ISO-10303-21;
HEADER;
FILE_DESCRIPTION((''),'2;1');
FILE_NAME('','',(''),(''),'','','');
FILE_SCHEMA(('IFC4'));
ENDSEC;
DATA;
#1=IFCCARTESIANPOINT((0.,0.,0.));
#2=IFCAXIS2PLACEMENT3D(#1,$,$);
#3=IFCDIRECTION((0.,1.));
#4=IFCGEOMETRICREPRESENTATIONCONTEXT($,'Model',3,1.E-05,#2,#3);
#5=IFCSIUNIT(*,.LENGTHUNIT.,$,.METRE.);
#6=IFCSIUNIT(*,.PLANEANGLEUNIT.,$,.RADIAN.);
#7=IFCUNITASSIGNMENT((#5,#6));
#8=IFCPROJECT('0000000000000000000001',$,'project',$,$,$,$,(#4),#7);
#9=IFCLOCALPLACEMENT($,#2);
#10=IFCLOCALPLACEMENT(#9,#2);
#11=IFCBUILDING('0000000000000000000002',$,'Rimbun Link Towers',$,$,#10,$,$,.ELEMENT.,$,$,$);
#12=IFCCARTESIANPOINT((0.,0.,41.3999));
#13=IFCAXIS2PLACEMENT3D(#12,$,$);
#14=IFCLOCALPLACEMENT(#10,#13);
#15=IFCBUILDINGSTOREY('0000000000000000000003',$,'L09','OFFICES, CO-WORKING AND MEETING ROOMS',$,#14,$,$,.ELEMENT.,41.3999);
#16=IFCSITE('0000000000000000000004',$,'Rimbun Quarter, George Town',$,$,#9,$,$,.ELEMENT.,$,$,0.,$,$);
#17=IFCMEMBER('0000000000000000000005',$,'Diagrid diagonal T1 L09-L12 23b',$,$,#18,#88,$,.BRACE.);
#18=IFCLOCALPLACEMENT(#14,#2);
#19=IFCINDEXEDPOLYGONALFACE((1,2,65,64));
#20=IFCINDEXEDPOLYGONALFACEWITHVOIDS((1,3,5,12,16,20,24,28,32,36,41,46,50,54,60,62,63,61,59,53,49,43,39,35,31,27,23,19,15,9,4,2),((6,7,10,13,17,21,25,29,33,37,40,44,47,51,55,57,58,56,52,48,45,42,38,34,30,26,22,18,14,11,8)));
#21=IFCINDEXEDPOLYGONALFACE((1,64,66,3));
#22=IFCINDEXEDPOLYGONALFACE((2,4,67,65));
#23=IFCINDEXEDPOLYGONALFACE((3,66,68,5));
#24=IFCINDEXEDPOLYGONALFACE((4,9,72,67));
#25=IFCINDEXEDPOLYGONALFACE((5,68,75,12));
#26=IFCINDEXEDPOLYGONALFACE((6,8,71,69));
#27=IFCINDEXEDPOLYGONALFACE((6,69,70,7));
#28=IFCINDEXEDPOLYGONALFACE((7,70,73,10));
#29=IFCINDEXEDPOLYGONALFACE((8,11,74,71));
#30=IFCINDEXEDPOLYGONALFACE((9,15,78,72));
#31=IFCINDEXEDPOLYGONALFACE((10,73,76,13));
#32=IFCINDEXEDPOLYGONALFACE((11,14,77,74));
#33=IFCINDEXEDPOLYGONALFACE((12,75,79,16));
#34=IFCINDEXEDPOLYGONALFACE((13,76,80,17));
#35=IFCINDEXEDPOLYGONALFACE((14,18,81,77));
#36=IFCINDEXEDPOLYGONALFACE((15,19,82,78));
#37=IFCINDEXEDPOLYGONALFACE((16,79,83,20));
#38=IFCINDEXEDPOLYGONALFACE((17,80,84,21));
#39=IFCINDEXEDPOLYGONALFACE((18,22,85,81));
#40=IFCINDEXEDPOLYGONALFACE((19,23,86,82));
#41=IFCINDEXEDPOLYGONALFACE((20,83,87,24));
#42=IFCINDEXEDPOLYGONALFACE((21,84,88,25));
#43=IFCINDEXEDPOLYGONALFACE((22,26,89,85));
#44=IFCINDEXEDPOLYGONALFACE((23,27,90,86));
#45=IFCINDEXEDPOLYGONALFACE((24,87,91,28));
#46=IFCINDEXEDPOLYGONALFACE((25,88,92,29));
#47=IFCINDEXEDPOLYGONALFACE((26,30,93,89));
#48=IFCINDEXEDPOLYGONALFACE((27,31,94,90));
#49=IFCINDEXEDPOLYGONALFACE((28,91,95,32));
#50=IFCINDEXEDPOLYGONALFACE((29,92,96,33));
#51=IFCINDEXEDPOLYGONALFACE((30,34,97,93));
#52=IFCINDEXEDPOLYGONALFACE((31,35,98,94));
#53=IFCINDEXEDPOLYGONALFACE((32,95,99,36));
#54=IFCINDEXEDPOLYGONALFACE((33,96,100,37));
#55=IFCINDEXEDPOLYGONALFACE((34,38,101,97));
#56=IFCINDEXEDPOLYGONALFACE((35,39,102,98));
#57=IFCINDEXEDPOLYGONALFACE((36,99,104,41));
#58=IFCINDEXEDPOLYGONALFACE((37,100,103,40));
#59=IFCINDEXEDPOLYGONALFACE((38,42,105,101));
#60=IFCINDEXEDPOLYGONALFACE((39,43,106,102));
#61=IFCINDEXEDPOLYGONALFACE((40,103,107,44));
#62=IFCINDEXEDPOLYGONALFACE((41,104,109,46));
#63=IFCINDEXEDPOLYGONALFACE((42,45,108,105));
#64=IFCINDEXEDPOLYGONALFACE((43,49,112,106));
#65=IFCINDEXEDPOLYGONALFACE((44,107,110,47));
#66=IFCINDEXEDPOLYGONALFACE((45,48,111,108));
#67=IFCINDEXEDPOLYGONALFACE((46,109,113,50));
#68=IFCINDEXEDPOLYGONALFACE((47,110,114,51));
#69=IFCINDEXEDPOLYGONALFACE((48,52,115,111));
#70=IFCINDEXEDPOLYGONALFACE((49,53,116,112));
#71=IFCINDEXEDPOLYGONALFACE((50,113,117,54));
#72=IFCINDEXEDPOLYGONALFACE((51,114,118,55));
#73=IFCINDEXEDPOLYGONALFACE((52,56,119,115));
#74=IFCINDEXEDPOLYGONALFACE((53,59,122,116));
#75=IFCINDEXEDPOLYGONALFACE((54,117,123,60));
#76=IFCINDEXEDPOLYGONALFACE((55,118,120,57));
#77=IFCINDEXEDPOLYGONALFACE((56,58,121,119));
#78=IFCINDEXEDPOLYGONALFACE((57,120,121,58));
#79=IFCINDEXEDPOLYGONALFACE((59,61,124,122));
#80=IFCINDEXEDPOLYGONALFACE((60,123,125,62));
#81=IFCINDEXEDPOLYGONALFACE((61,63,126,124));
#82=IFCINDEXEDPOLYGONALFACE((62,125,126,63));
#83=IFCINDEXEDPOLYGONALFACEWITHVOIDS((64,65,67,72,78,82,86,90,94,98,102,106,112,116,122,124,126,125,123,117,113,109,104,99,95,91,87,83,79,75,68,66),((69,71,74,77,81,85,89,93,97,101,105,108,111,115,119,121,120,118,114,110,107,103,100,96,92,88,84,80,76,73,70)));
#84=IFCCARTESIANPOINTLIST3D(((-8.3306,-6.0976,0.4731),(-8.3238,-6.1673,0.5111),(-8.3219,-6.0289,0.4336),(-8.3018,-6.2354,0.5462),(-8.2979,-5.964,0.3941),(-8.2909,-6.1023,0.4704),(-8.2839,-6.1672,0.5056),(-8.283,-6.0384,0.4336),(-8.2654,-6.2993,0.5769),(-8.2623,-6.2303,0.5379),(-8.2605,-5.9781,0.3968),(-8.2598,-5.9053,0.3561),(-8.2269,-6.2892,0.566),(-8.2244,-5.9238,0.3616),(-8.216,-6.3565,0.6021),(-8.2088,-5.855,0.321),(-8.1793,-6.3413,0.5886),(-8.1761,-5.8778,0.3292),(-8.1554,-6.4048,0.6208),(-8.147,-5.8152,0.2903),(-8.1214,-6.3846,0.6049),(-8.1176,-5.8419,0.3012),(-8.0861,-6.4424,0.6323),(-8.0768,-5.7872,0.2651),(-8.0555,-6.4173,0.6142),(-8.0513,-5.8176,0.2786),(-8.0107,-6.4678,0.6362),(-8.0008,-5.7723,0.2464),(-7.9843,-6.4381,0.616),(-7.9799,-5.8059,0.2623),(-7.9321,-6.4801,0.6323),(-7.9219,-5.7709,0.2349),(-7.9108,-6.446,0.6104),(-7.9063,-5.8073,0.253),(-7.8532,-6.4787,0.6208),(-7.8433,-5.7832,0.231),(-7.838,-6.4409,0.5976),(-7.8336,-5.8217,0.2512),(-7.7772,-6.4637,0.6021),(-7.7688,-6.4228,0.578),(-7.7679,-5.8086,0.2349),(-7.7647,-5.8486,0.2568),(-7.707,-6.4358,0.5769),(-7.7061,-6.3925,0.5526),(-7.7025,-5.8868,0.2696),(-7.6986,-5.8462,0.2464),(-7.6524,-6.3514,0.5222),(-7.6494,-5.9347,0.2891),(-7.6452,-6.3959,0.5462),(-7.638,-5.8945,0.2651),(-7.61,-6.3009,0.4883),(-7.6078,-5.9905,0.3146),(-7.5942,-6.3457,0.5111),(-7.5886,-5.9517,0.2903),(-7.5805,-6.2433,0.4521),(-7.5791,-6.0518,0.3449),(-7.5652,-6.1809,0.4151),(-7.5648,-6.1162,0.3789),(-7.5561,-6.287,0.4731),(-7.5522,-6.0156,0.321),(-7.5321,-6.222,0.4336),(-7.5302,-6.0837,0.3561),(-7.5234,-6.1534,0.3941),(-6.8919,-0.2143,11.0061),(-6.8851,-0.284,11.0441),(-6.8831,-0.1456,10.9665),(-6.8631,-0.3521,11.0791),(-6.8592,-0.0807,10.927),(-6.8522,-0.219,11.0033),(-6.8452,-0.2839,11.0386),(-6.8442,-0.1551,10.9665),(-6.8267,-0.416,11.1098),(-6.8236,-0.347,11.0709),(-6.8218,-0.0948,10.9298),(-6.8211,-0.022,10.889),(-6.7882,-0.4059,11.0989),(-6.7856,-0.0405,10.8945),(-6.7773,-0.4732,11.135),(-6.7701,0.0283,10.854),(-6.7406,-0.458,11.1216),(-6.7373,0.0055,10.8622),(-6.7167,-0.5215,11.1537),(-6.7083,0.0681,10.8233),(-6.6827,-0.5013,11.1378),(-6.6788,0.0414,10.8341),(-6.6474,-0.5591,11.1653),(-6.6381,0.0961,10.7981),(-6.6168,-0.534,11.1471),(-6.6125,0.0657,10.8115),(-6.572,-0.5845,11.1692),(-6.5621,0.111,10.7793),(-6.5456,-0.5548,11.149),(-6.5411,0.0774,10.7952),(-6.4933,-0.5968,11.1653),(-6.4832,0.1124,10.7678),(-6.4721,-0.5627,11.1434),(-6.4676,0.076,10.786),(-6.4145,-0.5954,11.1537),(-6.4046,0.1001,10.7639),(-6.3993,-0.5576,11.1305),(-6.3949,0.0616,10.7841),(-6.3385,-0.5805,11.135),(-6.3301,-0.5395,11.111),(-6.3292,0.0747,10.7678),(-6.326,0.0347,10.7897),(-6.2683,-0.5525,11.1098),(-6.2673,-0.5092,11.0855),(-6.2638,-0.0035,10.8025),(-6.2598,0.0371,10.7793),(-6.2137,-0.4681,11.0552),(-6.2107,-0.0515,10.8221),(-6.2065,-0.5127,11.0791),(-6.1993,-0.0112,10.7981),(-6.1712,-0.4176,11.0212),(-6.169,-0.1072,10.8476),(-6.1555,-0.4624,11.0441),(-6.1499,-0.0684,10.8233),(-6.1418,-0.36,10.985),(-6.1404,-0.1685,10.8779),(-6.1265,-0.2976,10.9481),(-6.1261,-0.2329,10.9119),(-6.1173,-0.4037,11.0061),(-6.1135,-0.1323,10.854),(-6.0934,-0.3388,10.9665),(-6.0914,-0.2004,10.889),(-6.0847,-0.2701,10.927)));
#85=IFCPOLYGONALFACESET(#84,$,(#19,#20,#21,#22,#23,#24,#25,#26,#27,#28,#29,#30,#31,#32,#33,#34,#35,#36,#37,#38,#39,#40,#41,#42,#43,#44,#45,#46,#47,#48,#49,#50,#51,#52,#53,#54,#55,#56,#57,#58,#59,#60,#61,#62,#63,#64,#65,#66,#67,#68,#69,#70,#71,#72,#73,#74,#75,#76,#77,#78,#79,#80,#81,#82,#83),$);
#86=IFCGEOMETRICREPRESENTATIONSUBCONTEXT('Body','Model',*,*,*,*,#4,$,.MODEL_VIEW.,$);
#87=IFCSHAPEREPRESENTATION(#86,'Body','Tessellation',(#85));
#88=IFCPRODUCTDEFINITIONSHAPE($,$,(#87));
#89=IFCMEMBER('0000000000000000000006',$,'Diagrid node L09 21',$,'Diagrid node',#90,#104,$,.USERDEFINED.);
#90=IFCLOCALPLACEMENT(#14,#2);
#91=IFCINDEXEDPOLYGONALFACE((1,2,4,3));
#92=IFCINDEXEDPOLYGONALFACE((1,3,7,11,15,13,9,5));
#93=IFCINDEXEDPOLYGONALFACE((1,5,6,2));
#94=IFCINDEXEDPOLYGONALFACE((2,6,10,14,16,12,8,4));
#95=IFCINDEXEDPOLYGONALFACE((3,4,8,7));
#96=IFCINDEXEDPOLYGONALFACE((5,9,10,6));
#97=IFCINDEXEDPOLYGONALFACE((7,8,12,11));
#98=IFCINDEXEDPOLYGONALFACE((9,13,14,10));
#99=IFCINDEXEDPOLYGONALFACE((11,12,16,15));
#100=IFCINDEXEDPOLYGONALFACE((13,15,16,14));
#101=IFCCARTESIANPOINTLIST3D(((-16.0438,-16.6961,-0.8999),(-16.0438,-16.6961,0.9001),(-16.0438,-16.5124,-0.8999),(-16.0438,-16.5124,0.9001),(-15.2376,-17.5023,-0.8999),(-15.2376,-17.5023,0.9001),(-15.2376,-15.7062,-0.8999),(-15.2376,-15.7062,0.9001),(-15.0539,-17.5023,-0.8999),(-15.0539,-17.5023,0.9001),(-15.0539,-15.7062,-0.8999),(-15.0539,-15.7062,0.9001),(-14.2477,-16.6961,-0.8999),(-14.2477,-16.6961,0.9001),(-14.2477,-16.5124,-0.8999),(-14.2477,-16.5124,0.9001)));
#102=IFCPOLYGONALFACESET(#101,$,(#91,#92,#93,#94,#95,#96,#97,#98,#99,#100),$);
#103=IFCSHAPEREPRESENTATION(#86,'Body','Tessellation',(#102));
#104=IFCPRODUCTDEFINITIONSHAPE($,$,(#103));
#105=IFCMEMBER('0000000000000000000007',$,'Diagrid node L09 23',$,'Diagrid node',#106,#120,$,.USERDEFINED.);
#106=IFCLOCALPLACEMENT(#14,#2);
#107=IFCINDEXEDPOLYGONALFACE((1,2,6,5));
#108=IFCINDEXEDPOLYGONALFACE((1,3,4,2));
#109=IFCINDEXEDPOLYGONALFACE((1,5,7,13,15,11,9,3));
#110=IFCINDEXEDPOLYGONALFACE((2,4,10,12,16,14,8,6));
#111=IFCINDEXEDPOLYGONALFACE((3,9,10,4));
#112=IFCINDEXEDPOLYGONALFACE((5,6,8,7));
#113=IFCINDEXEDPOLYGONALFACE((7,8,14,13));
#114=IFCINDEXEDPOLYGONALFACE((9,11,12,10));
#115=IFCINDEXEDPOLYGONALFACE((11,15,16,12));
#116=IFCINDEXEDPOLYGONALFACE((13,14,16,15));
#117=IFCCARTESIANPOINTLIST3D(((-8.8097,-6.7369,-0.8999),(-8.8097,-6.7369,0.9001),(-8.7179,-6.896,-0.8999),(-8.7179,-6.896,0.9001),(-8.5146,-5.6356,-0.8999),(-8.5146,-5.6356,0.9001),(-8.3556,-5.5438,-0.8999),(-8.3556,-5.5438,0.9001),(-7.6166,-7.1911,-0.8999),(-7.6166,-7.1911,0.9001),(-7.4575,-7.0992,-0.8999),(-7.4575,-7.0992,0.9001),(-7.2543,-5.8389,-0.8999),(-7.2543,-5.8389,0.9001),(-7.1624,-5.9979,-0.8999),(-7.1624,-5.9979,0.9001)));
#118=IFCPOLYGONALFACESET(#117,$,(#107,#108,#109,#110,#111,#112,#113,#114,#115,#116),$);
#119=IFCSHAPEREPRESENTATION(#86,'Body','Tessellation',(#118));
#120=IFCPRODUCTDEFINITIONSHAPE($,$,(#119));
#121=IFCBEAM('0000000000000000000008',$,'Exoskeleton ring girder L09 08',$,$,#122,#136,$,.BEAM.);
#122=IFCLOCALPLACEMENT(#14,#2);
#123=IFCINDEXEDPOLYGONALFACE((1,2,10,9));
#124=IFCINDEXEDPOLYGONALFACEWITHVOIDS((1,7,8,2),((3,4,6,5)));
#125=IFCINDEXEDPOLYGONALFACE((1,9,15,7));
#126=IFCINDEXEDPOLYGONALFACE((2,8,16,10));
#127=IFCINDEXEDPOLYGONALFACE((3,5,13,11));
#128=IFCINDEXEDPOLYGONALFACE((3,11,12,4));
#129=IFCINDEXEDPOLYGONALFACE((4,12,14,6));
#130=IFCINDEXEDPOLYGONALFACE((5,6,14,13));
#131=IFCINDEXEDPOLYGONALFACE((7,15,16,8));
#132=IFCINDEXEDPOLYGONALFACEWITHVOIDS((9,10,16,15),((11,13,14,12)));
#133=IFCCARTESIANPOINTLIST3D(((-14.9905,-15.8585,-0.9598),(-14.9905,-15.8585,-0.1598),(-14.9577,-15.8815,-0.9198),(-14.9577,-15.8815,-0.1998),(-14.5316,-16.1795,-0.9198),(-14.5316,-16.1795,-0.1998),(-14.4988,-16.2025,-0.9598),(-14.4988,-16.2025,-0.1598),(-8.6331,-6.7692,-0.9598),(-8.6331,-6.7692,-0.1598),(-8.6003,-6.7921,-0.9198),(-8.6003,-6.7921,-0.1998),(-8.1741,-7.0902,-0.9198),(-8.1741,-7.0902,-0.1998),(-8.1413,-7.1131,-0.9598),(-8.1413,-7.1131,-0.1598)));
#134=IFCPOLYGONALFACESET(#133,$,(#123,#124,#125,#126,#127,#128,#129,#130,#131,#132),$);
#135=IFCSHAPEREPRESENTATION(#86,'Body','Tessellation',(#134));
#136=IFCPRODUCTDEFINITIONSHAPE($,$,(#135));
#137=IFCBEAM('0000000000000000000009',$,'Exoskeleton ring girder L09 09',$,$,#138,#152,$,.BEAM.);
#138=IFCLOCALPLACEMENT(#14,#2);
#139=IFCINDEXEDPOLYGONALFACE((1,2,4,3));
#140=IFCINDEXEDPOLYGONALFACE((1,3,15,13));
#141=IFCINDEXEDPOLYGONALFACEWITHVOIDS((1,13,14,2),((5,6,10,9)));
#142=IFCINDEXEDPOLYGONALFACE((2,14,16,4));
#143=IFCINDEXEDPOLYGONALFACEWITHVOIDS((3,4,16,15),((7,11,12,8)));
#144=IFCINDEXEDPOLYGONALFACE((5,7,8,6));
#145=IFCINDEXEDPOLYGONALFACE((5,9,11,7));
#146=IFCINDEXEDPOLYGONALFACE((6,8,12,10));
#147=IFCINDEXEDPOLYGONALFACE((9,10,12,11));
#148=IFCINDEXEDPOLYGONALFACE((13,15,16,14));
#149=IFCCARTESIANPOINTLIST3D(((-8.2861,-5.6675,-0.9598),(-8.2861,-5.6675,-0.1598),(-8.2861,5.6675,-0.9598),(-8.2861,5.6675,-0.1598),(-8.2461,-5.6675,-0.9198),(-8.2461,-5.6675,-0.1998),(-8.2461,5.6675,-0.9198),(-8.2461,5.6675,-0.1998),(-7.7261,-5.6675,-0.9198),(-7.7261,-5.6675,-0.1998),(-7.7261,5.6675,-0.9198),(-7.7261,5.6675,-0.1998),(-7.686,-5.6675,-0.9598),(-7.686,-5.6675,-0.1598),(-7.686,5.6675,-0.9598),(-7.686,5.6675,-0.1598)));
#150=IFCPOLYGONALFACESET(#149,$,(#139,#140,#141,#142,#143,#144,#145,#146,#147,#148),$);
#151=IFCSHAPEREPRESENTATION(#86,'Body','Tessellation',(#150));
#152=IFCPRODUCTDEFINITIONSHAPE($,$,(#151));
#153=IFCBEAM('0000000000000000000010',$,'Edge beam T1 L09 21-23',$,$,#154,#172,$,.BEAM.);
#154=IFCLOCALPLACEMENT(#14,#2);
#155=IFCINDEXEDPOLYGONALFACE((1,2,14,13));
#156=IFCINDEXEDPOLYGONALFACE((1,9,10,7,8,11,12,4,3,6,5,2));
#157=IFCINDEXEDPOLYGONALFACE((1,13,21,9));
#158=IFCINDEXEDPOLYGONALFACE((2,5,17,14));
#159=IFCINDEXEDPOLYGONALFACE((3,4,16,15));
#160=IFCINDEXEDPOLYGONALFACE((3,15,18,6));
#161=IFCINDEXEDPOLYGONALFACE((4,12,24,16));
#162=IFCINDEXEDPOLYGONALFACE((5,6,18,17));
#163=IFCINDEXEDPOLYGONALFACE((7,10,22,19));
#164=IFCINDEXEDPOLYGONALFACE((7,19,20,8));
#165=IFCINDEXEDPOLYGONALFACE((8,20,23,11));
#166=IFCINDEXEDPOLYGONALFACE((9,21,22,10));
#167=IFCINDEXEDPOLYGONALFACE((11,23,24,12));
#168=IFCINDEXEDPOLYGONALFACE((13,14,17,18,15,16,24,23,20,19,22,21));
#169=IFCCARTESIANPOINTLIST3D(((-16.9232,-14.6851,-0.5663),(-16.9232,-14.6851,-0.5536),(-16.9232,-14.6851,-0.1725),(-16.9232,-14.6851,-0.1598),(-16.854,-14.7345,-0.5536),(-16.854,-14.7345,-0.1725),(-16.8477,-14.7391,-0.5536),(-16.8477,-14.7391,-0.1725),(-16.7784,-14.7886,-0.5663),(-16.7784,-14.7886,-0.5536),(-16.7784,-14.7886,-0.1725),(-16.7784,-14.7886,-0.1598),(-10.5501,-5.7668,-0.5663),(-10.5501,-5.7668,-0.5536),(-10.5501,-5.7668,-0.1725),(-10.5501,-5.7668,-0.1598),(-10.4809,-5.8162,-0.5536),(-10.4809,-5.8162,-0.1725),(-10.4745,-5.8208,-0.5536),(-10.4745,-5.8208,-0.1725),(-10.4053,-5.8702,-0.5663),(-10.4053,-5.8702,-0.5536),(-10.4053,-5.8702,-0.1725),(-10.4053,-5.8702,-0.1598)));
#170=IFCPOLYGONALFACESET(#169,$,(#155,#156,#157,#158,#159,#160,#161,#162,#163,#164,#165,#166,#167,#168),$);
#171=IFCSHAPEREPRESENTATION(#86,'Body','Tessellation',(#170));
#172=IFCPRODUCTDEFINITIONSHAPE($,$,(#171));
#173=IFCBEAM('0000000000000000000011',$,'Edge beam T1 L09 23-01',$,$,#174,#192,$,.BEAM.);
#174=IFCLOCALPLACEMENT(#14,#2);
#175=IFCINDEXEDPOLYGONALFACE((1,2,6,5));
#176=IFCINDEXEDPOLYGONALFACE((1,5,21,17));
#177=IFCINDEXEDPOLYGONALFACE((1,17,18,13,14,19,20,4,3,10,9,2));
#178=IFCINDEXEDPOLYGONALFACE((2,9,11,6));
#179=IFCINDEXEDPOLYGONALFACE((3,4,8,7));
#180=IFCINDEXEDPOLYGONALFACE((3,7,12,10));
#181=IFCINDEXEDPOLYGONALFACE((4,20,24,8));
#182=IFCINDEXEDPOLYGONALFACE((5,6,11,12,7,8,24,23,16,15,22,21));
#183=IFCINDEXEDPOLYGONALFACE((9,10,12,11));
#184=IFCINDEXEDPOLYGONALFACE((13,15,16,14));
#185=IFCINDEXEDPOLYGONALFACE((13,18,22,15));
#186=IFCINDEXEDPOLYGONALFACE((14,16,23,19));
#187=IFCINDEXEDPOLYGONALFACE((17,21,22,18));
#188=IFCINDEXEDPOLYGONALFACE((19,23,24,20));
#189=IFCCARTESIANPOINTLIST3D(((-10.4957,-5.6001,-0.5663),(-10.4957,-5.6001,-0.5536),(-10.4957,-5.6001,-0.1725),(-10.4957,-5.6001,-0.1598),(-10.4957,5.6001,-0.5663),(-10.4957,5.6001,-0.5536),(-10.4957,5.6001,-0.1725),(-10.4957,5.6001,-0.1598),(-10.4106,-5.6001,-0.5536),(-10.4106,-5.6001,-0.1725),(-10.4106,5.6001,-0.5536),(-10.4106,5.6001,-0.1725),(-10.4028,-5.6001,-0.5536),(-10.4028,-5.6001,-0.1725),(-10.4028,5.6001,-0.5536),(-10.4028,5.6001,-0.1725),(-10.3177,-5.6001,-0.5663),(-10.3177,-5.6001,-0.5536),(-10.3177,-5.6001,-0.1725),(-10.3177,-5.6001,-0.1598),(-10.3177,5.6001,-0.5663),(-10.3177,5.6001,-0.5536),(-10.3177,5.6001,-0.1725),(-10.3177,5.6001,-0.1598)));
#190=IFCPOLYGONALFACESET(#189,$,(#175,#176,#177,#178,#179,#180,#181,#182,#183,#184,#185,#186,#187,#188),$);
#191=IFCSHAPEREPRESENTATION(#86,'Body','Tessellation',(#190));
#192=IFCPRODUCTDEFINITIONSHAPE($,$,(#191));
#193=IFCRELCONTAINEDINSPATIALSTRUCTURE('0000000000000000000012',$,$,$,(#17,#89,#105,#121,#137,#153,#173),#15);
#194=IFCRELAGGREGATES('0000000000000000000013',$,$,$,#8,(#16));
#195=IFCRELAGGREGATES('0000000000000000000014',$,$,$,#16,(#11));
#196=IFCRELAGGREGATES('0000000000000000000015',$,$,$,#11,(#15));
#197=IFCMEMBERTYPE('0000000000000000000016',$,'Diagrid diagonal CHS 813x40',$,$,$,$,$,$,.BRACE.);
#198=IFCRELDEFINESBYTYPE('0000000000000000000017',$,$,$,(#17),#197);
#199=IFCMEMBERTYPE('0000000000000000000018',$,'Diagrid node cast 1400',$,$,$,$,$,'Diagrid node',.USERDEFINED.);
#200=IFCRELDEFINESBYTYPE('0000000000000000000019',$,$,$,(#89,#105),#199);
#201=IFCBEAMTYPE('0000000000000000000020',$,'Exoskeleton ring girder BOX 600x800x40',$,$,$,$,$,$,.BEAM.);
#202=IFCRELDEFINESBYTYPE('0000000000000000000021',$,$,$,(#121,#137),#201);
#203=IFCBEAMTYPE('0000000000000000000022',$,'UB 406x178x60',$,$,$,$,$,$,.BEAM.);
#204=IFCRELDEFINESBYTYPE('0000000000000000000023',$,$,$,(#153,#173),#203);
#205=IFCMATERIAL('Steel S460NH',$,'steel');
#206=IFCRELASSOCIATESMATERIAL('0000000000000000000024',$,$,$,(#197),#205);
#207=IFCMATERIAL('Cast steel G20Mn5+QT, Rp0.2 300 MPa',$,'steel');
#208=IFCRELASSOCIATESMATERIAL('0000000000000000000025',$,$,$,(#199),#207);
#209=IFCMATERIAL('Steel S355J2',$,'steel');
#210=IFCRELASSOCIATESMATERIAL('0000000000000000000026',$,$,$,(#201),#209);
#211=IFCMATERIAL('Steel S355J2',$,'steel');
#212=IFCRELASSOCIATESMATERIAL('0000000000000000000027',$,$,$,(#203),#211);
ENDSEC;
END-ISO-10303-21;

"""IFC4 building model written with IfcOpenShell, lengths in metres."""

from ifc_helpers import new_model, si_unit, direction, frame, origin, origin_2d, place, context, subcontext, project, spatial, polyline, hollow_rectangle, hollow_circle, i_section, outline, extrude, material, material_profile, profile_set, type_object, element, save


model = new_model("IFC4")

# Units and contexts
model_context = context("Model", 3, precision=1e-05, world=origin(), true_north=direction((0.0, 1.0)))
body_context = subcontext(model_context, "Body", "Model", "MODEL_VIEW")
ifc_project = project(units=[si_unit("LENGTHUNIT", "METRE"), si_unit("PLANEANGLEUNIT", "RADIAN")], contexts=[model_context])

# Site, building, storey
site_placement = place(None, origin())
site = spatial("IfcSite", under=ifc_project, at=site_placement, Name="Rimbun Quarter, George Town", CompositionType="ELEMENT", RefElevation=0.0)
building_placement = place(site_placement, origin())
building = spatial("IfcBuilding", under=site, at=building_placement, Name="Rimbun Link Towers", CompositionType="ELEMENT")
storey_placement = place(building_placement, frame((0.0, 0.0, 41.3999)))
storey = spatial("IfcBuildingStorey", under=building, at=storey_placement, Name="L09", Description="OFFICES, CO-WORKING AND MEETING ROOMS", CompositionType="ELEMENT", Elevation=41.3999)

# Members
ifc_material_1 = material(Name="Steel S460NH", Category="steel")
ifc_material_profile_1 = material_profile(ifc_material_1, hollow_circle(Radius=0.4065, WallThickness=0.04, at=origin_2d()), Name="Diagrid diagonal CHS 813x40")
ifc_profile_set_1 = profile_set([ifc_material_profile_1], Name="Steel S460NH")
member_type_1 = type_object("IfcMemberType", Name="Diagrid diagonal CHS 813x40", PredefinedType="BRACE", material=ifc_profile_set_1)
member_1_placement = place(storey_placement, frame((-7.927, -6.1255, 0.4336), z_axis=(0.118412, 0.484216, 0.866899), x_axis=(-0.971377, 0.237544, 0.0)))
element("IfcMember", 1, at=member_1_placement, inside=storey, type_object=member_type_1, Name="Diagrid diagonal T1 L09-L12 23b", PredefinedType="BRACE", context=body_context, shape_type="SweptSolid", body=[
    extrude(hollow_circle(Radius=0.4065, WallThickness=0.04, at=origin_2d()), origin(), (0.0, 0.0, 1.0), 12.1501),
])
ifc_material_2 = material(Name="Cast steel G20Mn5+QT, Rp0.2 300 MPa", Category="steel")
ifc_material_profile_2 = material_profile(ifc_material_2, outline(polyline([(0.7, -0.5701), (0.7, 0.5701), (0.5701, 0.7), (-0.5701, 0.7), (-0.7, 0.5701), (-0.7, -0.5701), (-0.5701, -0.7), (0.5701, -0.7), (0.7, -0.5701)])), Name="NODE 1400x1400")
ifc_profile_set_2 = profile_set([ifc_material_profile_2], Name="Cast steel G20Mn5+QT, Rp0.2 300 MPa")
member_type_2 = type_object("IfcMemberType", Name="Diagrid node cast 1400", ElementType="Diagrid node", PredefinedType="USERDEFINED", material=ifc_profile_set_2)
for number, where, z_axis, x_axis, name in (
    (2, (-15.1458, -16.6042, -0.8999), (0.0, 0.0, 1.0), (0.707107, -0.707107, 0.0), "Diagrid node L09 21"),
    (3, (-7.9861, -6.3674, -0.8999), (0.0, 0.0, 1.0), (0.965926, -0.258819, 0.0), "Diagrid node L09 23"),
):
    element("IfcMember", number, at=place(storey_placement, frame(where, z_axis=z_axis, x_axis=x_axis)), inside=storey, type_object=member_type_2, Name=name, ObjectType="Diagrid node", PredefinedType="USERDEFINED", context=body_context, shape_type="SweptSolid", body=[
        extrude(outline(polyline([(0.7, -0.5701), (0.7, 0.5701), (0.5701, 0.7), (-0.5701, 0.7), (-0.7, 0.5701), (-0.7, -0.5701), (-0.5701, -0.7), (0.5701, -0.7), (0.7, -0.5701)])), origin(), (0.0, 0.0, 1.0), 1.8),
    ])

# Beams
ifc_material_3 = material(Name="Steel S355J2", Category="steel")
ifc_material_profile_3 = material_profile(ifc_material_3, hollow_rectangle(XDim=0.6001, YDim=0.8, WallThickness=0.04, at=origin_2d()), Name="Exoskeleton ring girder BOX 600x800x40")
ifc_profile_set_3 = profile_set([ifc_material_profile_3], Name="Steel S355J2")
beam_type_1 = type_object("IfcBeamType", Name="Exoskeleton ring girder BOX 600x800x40", PredefinedType="BEAM", material=ifc_profile_set_3)
beam_1_placement = place(storey_placement, frame((-14.7446, -16.0305, -0.5598), z_axis=(0.573152, 0.819449, 0.0), x_axis=(-0.819449, 0.573152, 0.0)))
element("IfcBeam", 4, at=beam_1_placement, inside=storey, type_object=beam_type_1, Name="Exoskeleton ring girder L09 08", PredefinedType="BEAM", context=body_context, shape_type="SweptSolid", body=[
    extrude(hollow_rectangle(XDim=0.6001, YDim=0.8, WallThickness=0.04, at=origin_2d()), origin(), (0.0, 0.0, 1.0), 11.092),
])
beam_2_placement = place(storey_placement, frame((-7.9861, -5.6675, -0.5598), z_axis=(0.0, 1.0, 0.0), x_axis=(-1.0, 0.0, 0.0)))
element("IfcBeam", 5, at=beam_2_placement, inside=storey, type_object=beam_type_1, Name="Exoskeleton ring girder L09 09", PredefinedType="BEAM", context=body_context, shape_type="SweptSolid", body=[
    extrude(hollow_rectangle(XDim=0.6001, YDim=0.8, WallThickness=0.04, at=origin_2d()), origin(), (0.0, 0.0, 1.0), 11.335),
])
ifc_material_4 = material(Name="Steel S355J2", Category="steel")
ifc_material_profile_4 = material_profile(ifc_material_4, i_section(OverallWidth=0.178, OverallDepth=0.4065, WebThickness=0.0078, FlangeThickness=0.0127, at=origin_2d()), Name="UB 406x178x60")
ifc_profile_set_4 = profile_set([ifc_material_profile_4], Name="Steel S355J2")
beam_type_2 = type_object("IfcBeamType", Name="UB 406x178x60", PredefinedType="BEAM", material=ifc_profile_set_4)
beam_3_placement = place(storey_placement, frame((-16.8508, -14.7368, -0.363), z_axis=(0.581413, 0.813609, 0.0), x_axis=(-0.813609, 0.581413, 0.0)))
element("IfcBeam", 6, at=beam_3_placement, inside=storey, type_object=beam_type_2, Name="Edge beam T1 L09 21-23", PredefinedType="BEAM", context=body_context, shape_type="SweptSolid", body=[
    extrude(i_section(OverallWidth=0.178, OverallDepth=0.4065, WebThickness=0.0078, FlangeThickness=0.0127, at=origin_2d()), origin(), (0.0, 0.0, 1.0), 10.9614),
])
beam_4_placement = place(storey_placement, frame((-10.4067, -5.6001, -0.363), z_axis=(0.0, 1.0, 0.0), x_axis=(-1.0, 0.0, 0.0)))
element("IfcBeam", 7, at=beam_4_placement, inside=storey, type_object=beam_type_2, Name="Edge beam T1 L09 23-01", PredefinedType="BEAM", context=body_context, shape_type="SweptSolid", body=[
    extrude(i_section(OverallWidth=0.178, OverallDepth=0.4065, WebThickness=0.0078, FlangeThickness=0.0127, at=origin_2d()), origin(), (0.0, 0.0, 1.0), 11.2002),
])

save(model, "model.ifc")
